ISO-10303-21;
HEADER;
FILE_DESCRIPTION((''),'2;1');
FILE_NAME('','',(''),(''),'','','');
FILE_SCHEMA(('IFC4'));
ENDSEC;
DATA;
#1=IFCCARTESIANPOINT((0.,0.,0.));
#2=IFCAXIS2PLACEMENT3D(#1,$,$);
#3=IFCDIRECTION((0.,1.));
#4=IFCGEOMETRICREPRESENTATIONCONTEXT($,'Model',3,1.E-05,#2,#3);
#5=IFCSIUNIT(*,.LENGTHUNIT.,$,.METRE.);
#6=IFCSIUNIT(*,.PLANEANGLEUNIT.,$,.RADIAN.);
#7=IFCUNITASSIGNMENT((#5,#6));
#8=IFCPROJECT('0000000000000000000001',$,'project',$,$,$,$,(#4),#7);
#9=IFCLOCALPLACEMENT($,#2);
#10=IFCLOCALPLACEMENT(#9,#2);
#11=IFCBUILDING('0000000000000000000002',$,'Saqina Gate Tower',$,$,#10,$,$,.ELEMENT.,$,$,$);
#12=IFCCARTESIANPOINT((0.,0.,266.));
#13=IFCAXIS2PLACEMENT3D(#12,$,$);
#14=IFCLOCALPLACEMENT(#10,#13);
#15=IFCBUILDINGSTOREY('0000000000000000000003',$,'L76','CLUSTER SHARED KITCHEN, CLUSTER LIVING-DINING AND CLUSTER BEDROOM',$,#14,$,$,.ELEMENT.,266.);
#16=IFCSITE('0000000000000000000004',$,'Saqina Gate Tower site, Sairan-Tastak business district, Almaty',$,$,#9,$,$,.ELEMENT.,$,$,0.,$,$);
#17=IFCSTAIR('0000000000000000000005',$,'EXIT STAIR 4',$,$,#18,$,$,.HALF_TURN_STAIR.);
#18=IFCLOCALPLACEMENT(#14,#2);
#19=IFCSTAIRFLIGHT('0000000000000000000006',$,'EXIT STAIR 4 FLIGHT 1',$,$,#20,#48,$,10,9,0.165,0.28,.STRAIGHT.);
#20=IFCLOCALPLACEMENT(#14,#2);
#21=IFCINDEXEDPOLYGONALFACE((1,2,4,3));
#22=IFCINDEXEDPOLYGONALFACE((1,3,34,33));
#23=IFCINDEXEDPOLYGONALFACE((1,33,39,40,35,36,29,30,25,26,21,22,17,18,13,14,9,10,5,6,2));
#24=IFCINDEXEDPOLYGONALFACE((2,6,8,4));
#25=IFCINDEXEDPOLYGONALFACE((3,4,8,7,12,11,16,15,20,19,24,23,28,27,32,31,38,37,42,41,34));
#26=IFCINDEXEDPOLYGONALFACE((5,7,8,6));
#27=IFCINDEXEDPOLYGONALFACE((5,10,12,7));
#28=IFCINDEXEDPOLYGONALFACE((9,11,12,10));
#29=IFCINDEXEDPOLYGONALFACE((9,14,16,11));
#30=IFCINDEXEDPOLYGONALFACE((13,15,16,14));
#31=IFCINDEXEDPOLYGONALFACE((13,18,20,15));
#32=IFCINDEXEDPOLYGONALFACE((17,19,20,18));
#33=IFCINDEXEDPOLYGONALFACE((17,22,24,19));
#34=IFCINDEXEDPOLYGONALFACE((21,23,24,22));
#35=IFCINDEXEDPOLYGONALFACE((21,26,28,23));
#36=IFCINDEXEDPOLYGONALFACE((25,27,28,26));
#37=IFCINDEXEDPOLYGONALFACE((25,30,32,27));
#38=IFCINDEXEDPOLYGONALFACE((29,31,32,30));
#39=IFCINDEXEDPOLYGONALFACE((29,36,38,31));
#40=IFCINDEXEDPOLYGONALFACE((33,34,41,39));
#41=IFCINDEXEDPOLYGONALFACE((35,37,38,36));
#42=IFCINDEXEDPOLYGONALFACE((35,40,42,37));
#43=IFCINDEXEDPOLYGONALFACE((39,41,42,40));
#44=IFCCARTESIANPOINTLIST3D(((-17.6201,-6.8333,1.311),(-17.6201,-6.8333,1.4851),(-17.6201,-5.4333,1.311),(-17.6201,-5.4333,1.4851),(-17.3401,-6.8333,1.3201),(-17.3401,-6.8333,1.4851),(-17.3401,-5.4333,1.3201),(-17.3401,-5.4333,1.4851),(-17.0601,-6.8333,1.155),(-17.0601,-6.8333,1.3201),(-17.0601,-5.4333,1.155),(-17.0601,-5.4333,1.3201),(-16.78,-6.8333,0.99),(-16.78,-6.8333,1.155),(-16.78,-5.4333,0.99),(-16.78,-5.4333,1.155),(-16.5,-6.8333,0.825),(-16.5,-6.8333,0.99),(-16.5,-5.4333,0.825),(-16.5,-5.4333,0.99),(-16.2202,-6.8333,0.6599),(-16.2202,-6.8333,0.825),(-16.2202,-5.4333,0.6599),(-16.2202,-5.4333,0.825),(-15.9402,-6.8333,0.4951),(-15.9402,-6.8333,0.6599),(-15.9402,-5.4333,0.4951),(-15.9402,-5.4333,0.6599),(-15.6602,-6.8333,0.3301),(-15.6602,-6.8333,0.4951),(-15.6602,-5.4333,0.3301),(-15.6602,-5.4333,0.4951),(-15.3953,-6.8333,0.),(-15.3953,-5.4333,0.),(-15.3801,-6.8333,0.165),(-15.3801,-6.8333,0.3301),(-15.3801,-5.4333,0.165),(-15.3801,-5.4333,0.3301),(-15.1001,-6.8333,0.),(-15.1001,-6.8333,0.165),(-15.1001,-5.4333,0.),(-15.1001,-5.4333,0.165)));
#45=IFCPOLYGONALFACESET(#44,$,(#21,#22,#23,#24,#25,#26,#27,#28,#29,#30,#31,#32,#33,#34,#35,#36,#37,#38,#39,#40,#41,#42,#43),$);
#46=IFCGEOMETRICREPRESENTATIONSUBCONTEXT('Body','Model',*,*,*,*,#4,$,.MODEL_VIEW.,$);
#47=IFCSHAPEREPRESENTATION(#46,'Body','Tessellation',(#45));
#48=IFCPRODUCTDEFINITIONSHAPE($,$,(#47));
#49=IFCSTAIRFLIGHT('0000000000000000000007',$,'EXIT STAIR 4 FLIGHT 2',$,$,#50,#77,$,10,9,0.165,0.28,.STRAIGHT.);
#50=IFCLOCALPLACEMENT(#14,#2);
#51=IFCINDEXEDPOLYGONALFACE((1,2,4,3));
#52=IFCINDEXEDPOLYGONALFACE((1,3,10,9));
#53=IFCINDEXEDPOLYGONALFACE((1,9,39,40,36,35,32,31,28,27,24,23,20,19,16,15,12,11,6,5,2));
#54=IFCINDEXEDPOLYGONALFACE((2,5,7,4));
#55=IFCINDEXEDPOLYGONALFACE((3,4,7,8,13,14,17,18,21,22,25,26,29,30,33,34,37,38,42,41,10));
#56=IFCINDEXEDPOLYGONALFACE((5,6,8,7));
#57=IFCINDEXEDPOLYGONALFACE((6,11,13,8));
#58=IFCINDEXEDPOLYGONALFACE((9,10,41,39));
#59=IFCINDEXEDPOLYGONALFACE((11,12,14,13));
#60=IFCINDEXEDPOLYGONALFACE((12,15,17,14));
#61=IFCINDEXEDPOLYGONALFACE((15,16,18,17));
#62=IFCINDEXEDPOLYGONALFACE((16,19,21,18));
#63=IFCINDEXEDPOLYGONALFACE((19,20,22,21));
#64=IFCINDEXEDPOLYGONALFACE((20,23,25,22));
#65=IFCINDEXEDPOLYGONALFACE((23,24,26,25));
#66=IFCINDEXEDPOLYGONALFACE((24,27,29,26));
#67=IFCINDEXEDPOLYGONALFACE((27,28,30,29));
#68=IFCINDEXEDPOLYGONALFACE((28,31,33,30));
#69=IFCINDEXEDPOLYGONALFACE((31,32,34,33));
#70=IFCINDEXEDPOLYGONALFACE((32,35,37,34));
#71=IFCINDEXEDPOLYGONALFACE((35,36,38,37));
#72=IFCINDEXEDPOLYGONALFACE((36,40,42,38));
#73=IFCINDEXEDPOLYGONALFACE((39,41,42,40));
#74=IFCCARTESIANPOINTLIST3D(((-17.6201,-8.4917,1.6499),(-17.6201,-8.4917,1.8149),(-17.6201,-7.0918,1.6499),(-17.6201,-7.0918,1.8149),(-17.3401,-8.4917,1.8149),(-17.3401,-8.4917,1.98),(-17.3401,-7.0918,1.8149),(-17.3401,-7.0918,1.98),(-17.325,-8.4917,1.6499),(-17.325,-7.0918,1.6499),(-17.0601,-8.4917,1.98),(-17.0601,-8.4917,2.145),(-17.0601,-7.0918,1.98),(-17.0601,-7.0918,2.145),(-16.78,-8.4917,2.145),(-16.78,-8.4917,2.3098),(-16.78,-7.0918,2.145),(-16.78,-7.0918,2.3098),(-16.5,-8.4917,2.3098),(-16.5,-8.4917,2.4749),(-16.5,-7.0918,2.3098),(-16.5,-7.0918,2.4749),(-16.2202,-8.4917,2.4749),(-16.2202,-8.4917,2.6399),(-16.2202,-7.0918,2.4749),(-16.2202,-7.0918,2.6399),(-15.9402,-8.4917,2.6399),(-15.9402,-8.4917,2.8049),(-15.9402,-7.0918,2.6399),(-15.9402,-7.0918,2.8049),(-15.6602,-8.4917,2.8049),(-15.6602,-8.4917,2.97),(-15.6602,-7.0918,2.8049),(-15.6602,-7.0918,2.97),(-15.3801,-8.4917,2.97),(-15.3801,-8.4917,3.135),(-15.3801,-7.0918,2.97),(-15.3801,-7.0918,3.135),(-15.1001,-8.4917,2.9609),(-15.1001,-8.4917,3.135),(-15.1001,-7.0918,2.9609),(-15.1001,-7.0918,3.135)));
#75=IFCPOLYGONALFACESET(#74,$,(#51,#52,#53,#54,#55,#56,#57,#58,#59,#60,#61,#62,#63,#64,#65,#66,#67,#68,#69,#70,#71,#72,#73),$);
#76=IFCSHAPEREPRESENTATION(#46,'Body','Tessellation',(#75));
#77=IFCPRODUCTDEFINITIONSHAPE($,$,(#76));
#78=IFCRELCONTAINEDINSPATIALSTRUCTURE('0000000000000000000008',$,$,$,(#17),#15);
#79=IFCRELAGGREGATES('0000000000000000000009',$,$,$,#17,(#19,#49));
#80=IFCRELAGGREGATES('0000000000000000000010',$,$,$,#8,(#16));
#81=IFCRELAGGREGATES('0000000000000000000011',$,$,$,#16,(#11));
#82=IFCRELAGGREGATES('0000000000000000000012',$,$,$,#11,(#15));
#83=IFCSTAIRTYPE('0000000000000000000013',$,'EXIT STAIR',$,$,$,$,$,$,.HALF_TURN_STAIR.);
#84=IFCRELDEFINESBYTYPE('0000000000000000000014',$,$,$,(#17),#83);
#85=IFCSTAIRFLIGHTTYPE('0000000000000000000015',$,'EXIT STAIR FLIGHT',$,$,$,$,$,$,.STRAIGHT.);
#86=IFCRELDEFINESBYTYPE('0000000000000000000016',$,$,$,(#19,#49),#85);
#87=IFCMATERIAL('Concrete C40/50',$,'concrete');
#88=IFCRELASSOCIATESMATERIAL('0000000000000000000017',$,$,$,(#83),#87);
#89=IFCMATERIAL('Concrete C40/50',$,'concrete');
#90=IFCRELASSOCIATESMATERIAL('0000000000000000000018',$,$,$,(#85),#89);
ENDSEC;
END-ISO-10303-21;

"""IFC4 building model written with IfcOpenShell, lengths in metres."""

from ifc_helpers import new_model, si_unit, direction, frame, origin, place, context, subcontext, project, spatial, polyline, outline, extrude, material, type_object, element, aggregate, save


model = new_model("IFC4")

# Units and contexts
model_context = context("Model", 3, precision=1e-05, world=origin(), true_north=direction((0.0, 1.0)))
body_context = subcontext(model_context, "Body", "Model", "MODEL_VIEW")
ifc_project = project(units=[si_unit("LENGTHUNIT", "METRE"), si_unit("PLANEANGLEUNIT", "RADIAN")], contexts=[model_context])

# Site, building, storey
site_placement = place(None, origin())
site = spatial("IfcSite", under=ifc_project, at=site_placement, Name="Saqina Gate Tower site, Sairan-Tastak business district, Almaty", CompositionType="ELEMENT", RefElevation=0.0)
building_placement = place(site_placement, origin())
building = spatial("IfcBuilding", under=site, at=building_placement, Name="Saqina Gate Tower", CompositionType="ELEMENT")
storey_placement = place(building_placement, frame((0.0, 0.0, 266.0)))
storey = spatial("IfcBuildingStorey", under=building, at=storey_placement, Name="L76", Description="CLUSTER SHARED KITCHEN, CLUSTER LIVING-DINING AND CLUSTER BEDROOM", CompositionType="ELEMENT", Elevation=266.0)

# Stair, stair flights
ifc_material_1 = material(Name="Concrete C40/50", Category="concrete")
stair_type = type_object("IfcStairType", Name="EXIT STAIR", PredefinedType="HALF_TURN_STAIR", material=ifc_material_1)
stair_placement = place(storey_placement, origin())
stair = element("IfcStair", 1, at=stair_placement, inside=storey, type_object=stair_type, Name="EXIT STAIR 4", PredefinedType="HALF_TURN_STAIR")
ifc_material_2 = material(Name="Concrete C40/50", Category="concrete")
stair_flight_type = type_object("IfcStairFlightType", Name="EXIT STAIR FLIGHT", PredefinedType="STRAIGHT", material=ifc_material_2)
stair_flight_1_placement = place(storey_placement, frame((-15.1001, -6.1333, 0.0), z_axis=(0.0, 0.0, 1.0), x_axis=(-1.0, 0.0, 0.0)))
stair_flight_1 = element("IfcStairFlight", 2, at=stair_flight_1_placement, type_object=stair_flight_type, Name="EXIT STAIR 4 FLIGHT 1", NumberOfRisers=10, NumberOfTreads=9, PredefinedType="STRAIGHT", RiserHeight=0.165, TreadLength=0.28, context=body_context, shape_type="SweptSolid", body=[
    extrude(outline(polyline([(0.0, 0.0), (0.0, 0.165), (0.28, 0.165), (0.28, 0.3301), (0.5601, 0.3301), (0.5601, 0.4951), (0.8401, 0.4951), (0.8401, 0.6599), (1.1201, 0.6599), (1.1201, 0.825), (1.3999, 0.825), (1.3999, 0.99), (1.6799, 0.99), (1.6799, 1.155), (1.96, 1.155), (1.96, 1.3201), (2.24, 1.3201), (2.24, 1.4851), (2.52, 1.4851), (2.52, 1.6499), (2.52, 1.311), (0.2952, 0.0), (0.0, 0.0)])), frame((0.0, 0.7, 0.0), z_axis=(0.0, -1.0, 0.0), x_axis=(1.0, 0.0, 0.0)), (0.0, 0.0, 1.0), 1.3999),
])
stair_flight_2_placement = place(storey_placement, frame((-17.6201, -7.7917, 1.6499), z_axis=(0.0, 0.0, 1.0), x_axis=(1.0, 0.0, 0.0)))
stair_flight_2 = element("IfcStairFlight", 3, at=stair_flight_2_placement, type_object=stair_flight_type, Name="EXIT STAIR 4 FLIGHT 2", NumberOfRisers=10, NumberOfTreads=9, PredefinedType="STRAIGHT", RiserHeight=0.165, TreadLength=0.28, context=body_context, shape_type="SweptSolid", body=[
    extrude(outline(polyline([(0.0, 0.0), (0.0, 0.165), (0.28, 0.165), (0.28, 0.3301), (0.5601, 0.3301), (0.5601, 0.4951), (0.8401, 0.4951), (0.8401, 0.6599), (1.1201, 0.6599), (1.1201, 0.825), (1.3999, 0.825), (1.3999, 0.99), (1.6799, 0.99), (1.6799, 1.155), (1.96, 1.155), (1.96, 1.3201), (2.24, 1.3201), (2.24, 1.4851), (2.52, 1.4851), (2.52, 1.6499), (2.52, 1.311), (0.2952, 0.0), (0.0, 0.0)])), frame((0.0, 0.7, 0.0), z_axis=(0.0, -1.0, 0.0), x_axis=(1.0, 0.0, 0.0)), (0.0, 0.0, 1.0), 1.3999),
])
aggregate(stair, [stair_flight_1, stair_flight_2])

save(model, "model.ifc")
